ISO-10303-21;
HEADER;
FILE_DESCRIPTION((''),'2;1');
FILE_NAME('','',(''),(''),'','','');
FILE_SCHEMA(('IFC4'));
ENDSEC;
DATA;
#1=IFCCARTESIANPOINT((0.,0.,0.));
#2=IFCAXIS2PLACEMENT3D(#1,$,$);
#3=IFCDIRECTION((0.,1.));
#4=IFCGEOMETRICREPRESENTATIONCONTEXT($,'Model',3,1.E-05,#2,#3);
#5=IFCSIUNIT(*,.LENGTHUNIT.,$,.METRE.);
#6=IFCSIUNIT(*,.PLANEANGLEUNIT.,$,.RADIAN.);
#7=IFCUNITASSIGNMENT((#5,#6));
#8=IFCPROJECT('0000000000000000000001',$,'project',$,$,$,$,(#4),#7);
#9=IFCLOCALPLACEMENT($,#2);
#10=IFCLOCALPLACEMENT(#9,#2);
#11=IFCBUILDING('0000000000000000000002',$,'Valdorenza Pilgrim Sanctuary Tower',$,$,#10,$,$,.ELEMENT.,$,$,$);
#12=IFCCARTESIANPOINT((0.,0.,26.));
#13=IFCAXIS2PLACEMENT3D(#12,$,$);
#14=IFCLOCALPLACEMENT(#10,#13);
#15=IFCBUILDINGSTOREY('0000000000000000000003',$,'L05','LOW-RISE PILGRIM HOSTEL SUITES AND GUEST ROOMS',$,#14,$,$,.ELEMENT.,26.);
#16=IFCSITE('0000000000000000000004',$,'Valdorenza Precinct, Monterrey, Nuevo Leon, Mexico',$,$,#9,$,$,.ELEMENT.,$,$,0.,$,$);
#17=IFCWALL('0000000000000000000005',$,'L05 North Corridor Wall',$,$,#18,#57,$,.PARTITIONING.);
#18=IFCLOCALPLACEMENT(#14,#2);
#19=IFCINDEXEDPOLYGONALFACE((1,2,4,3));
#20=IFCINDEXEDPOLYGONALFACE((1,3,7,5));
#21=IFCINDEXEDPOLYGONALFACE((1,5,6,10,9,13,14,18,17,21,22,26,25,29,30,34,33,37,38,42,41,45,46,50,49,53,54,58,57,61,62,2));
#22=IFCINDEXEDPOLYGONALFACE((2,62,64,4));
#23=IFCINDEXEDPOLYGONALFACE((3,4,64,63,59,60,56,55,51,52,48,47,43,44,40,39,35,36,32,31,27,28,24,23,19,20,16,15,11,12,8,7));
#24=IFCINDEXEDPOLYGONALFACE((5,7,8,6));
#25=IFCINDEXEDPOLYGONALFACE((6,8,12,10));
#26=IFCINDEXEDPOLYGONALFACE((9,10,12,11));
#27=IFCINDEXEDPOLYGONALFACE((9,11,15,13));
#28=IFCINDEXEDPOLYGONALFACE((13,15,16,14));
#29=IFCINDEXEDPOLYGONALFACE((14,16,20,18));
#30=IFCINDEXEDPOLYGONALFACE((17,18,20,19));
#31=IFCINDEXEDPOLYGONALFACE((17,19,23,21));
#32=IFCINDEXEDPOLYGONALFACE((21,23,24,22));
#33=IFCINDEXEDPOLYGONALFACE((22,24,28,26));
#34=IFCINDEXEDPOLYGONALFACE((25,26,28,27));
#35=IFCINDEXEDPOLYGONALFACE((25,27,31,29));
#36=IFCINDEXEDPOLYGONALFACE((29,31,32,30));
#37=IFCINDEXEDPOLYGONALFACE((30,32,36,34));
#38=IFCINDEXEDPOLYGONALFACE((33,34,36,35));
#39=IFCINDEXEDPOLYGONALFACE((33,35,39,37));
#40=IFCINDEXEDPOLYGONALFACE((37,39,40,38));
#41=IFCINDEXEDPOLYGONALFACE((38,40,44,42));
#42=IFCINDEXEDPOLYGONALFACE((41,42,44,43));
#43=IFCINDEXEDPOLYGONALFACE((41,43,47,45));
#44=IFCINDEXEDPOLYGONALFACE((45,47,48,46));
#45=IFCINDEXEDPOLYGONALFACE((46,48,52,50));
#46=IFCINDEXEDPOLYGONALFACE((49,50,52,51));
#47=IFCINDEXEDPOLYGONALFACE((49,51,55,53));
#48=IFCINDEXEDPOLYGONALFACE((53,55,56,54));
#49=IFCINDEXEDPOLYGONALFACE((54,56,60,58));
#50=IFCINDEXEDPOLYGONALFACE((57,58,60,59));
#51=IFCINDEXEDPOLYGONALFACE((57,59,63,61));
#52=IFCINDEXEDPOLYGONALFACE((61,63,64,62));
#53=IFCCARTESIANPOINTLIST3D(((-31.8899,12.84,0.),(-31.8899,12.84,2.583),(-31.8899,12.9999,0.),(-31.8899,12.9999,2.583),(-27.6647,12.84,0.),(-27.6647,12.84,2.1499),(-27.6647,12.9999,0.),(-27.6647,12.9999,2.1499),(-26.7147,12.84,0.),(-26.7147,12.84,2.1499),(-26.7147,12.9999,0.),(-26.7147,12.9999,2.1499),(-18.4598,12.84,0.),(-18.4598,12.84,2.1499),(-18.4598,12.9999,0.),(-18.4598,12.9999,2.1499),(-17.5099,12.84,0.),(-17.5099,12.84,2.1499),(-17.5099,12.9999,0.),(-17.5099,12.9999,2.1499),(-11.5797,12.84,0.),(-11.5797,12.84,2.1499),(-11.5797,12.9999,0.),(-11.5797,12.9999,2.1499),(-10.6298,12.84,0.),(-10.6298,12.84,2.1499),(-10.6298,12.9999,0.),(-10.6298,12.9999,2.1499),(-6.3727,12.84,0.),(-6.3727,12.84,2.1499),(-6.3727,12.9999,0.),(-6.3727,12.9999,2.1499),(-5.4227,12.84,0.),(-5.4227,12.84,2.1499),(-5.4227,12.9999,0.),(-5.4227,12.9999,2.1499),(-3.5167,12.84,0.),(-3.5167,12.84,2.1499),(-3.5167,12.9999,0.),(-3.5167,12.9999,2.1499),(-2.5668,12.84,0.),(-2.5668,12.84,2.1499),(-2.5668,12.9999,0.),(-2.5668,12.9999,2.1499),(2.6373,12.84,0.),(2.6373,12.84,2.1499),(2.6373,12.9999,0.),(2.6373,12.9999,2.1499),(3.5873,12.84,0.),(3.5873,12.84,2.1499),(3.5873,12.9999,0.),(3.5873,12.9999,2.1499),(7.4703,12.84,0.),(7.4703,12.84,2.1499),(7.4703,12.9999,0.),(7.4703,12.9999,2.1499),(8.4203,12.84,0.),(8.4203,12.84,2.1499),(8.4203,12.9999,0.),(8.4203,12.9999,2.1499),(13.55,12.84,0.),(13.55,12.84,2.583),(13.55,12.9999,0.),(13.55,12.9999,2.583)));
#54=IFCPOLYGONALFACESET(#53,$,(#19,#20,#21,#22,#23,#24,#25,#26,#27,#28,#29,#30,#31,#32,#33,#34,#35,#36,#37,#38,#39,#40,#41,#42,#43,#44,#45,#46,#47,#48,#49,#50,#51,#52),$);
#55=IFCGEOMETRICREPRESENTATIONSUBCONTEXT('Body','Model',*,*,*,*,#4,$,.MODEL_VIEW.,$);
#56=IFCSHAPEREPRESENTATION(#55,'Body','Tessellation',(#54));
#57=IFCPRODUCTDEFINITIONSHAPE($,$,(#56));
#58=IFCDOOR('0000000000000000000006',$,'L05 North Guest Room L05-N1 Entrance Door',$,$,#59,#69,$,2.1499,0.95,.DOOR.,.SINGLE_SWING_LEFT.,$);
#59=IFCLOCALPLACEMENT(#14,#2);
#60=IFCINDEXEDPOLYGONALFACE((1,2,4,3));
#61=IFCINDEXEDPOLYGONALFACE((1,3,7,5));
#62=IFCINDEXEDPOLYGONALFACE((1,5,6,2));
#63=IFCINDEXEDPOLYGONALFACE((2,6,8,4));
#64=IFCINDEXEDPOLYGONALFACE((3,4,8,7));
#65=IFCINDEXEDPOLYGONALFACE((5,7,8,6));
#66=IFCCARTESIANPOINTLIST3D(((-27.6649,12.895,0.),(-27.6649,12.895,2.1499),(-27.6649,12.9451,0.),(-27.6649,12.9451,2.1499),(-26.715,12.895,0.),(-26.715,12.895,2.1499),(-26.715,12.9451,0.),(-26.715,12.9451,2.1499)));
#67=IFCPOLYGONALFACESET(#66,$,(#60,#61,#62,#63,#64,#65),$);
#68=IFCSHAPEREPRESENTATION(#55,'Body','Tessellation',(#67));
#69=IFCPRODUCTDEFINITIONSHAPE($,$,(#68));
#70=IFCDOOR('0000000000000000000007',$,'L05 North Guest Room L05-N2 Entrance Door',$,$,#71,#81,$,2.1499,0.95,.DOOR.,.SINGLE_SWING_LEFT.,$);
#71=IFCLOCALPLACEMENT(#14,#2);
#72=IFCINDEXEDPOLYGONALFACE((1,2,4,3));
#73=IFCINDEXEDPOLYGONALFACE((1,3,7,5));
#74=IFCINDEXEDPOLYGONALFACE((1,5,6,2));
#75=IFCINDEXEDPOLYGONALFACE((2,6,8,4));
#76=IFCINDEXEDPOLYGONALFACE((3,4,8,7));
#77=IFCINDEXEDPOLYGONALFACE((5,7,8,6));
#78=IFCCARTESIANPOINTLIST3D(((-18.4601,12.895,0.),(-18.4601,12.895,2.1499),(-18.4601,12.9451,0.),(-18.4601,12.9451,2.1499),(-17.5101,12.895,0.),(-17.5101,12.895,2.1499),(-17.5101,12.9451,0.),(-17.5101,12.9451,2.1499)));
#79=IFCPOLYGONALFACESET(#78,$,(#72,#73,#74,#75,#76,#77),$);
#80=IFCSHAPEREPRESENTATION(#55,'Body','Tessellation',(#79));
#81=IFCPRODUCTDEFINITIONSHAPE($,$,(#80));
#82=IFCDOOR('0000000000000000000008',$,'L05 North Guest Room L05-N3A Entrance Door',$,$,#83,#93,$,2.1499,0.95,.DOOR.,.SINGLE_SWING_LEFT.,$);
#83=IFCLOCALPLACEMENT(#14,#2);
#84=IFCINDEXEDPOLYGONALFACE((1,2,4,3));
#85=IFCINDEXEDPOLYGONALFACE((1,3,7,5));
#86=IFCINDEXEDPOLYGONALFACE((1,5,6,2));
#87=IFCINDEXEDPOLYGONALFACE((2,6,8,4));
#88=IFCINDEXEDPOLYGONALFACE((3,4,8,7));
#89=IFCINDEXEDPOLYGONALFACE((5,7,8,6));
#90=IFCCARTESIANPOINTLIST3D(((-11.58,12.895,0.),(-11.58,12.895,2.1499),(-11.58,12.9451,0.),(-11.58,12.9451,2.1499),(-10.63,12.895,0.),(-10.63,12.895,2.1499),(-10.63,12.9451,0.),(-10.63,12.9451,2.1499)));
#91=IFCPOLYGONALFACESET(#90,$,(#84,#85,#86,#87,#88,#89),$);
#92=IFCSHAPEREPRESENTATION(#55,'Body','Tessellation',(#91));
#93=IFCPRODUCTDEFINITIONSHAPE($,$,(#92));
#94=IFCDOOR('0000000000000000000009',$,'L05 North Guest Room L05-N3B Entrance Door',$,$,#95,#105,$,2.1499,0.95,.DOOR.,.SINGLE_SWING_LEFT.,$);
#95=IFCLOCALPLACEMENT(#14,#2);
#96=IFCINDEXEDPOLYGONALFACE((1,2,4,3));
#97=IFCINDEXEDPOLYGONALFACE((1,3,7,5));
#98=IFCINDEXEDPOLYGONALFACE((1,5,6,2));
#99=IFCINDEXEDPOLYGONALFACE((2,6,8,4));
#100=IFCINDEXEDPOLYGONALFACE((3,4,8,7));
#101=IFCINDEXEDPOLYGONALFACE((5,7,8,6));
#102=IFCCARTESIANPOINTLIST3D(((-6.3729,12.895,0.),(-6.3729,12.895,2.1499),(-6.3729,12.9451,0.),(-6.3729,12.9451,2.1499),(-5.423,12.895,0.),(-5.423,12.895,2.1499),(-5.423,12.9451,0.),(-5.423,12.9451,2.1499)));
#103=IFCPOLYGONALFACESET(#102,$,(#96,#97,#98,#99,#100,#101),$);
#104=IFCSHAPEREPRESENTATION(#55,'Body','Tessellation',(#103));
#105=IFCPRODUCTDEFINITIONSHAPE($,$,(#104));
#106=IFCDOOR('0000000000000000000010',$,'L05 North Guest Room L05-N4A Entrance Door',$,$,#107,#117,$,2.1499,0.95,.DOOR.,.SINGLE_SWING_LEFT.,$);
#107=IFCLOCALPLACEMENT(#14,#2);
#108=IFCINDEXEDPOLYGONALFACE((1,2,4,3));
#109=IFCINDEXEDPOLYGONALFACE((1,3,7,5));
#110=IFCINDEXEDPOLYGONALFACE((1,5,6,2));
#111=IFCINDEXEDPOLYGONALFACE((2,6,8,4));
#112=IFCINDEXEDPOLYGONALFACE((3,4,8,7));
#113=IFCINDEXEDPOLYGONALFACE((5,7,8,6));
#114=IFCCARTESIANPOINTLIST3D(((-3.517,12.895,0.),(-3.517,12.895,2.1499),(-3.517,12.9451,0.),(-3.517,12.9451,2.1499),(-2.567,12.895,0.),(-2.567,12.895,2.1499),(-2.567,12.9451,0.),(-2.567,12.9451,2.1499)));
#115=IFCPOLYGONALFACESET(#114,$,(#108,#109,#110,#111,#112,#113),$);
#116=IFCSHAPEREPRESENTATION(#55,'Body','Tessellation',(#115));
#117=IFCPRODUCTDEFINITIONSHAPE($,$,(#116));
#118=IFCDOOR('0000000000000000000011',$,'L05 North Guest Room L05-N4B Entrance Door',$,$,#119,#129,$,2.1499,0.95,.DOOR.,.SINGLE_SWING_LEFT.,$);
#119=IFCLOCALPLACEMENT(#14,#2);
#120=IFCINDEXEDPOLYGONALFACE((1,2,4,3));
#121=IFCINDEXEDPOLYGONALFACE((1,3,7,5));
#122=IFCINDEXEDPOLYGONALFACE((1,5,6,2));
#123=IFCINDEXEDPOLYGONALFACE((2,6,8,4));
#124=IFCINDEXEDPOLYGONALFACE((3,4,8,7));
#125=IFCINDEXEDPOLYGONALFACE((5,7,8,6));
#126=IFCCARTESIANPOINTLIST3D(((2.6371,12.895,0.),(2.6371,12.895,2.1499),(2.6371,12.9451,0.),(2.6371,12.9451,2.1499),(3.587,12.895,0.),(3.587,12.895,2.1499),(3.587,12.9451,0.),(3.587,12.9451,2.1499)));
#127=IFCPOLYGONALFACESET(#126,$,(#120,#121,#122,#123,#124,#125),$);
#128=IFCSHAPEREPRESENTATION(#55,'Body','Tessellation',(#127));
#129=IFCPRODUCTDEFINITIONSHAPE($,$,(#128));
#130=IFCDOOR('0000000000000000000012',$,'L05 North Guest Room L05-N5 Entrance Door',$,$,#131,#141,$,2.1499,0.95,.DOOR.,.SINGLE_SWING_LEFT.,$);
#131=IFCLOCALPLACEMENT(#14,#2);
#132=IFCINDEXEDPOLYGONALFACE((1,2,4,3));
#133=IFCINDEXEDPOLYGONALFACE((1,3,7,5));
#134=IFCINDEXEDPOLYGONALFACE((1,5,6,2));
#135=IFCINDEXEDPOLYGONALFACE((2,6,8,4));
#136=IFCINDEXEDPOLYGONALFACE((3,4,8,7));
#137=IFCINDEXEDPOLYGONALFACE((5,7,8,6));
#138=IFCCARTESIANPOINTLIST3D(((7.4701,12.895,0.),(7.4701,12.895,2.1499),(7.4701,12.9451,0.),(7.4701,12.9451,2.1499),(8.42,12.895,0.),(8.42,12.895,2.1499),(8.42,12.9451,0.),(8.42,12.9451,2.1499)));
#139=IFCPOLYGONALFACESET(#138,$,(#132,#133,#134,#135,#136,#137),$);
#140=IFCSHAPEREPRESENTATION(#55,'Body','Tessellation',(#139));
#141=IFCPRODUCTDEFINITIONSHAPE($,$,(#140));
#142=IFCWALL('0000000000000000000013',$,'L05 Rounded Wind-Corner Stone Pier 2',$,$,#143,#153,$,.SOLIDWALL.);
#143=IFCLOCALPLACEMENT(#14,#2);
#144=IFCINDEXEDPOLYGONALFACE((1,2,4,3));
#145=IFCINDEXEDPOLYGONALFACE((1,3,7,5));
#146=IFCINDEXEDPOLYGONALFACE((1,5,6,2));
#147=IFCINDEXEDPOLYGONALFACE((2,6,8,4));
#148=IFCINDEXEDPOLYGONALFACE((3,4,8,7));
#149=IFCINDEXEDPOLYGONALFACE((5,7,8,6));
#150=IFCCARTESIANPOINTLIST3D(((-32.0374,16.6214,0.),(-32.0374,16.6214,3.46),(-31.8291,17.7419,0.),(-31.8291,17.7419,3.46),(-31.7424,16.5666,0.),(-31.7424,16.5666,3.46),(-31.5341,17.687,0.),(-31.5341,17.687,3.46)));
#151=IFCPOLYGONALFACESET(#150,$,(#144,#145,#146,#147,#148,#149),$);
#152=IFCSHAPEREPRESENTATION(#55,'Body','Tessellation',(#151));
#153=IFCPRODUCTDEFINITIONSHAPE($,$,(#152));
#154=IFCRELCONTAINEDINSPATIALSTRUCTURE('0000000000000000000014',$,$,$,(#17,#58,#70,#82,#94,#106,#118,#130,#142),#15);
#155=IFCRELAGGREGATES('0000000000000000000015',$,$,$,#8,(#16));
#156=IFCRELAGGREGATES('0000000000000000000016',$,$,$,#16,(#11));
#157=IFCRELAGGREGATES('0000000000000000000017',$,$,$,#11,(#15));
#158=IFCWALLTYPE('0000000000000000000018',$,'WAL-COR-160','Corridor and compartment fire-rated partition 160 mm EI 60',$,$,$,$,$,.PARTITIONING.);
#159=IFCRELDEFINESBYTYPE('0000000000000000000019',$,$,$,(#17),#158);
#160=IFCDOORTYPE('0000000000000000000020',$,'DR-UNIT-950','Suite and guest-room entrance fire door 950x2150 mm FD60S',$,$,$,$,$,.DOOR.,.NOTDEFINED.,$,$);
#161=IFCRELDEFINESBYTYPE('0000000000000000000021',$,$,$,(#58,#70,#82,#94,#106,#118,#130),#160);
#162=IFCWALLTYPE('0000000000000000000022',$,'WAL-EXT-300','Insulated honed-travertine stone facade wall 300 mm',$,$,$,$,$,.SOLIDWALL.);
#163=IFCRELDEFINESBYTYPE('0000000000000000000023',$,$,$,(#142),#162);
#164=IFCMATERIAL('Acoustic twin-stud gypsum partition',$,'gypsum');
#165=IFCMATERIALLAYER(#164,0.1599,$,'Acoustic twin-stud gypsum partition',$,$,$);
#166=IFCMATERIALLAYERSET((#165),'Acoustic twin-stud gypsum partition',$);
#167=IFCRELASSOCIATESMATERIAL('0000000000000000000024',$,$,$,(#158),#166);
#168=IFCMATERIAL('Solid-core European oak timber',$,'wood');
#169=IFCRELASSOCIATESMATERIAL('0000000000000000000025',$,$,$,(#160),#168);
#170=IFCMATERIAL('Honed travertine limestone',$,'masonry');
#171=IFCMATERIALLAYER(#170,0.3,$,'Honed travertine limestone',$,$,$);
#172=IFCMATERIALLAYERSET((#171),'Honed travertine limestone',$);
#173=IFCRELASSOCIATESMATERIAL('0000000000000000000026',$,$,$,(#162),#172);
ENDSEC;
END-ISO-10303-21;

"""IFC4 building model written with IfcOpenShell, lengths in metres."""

from ifc_helpers import new_model, si_unit, direction, frame, frame_2d, origin, place, context, subcontext, project, spatial, rectangle, extrude, material, layer, layer_set, type_object, element, fill, save


model = new_model("IFC4")

# Units and contexts
model_context = context("Model", 3, precision=1e-05, world=origin(), true_north=direction((0.0, 1.0)))
body_context = subcontext(model_context, "Body", "Model", "MODEL_VIEW")
ifc_project = project(units=[si_unit("LENGTHUNIT", "METRE"), si_unit("PLANEANGLEUNIT", "RADIAN")], contexts=[model_context])

# Site, building, storey
site_placement = place(None, origin())
site = spatial("IfcSite", under=ifc_project, at=site_placement, Name="Valdorenza Precinct, Monterrey, Nuevo Leon, Mexico", CompositionType="ELEMENT", RefElevation=0.0)
building_placement = place(site_placement, origin())
building = spatial("IfcBuilding", under=site, at=building_placement, Name="Valdorenza Pilgrim Sanctuary Tower", CompositionType="ELEMENT")
storey_placement = place(building_placement, frame((0.0, 0.0, 26.0)))
storey = spatial("IfcBuildingStorey", under=building, at=storey_placement, Name="L05", Description="LOW-RISE PILGRIM HOSTEL SUITES AND GUEST ROOMS", CompositionType="ELEMENT", Elevation=26.0)

# Shared definitions
ifc_material_1 = material(Name="Honed travertine limestone", Category="masonry")

# Wall, openings, doors
ifc_material_2 = material(Name="Acoustic twin-stud gypsum partition", Category="gypsum")
ifc_layer_1 = layer(ifc_material_2, 0.1599, Name="Acoustic twin-stud gypsum partition")
ifc_layer_set_1 = layer_set([ifc_layer_1], Name="Acoustic twin-stud gypsum partition")
wall_type_1 = type_object("IfcWallType", Name="WAL-COR-160", Description="Corridor and compartment fire-rated partition 160 mm EI 60", PredefinedType="PARTITIONING", material=ifc_layer_set_1)
wall_1_placement = place(storey_placement, frame((-31.8899, 12.9199, 0.0), z_axis=(0.0, 0.0, 1.0), x_axis=(1.0, 0.0, 0.0)))
wall_1 = element("IfcWall", 1, at=wall_1_placement, inside=storey, type_object=wall_type_1, Name="L05 North Corridor Wall", PredefinedType="PARTITIONING", context=body_context, shape_type="SweptSolid", body=[
    extrude(rectangle(XDim=45.4399, YDim=0.1599, at=frame_2d((22.72, 0.0))), origin(), (0.0, 0.0, 1.0), 2.583),
])
opening_1_placement = place(wall_1_placement, frame((4.2251, 0.0, 0.0)))
opening_1 = element("IfcOpeningElement", 2, at=opening_1_placement, cuts=wall_1, PredefinedType="OPENING", context=body_context, shape_type="SweptSolid", body=[
    extrude(rectangle(XDim=0.95, YDim=2.1499, at=frame_2d((0.4751, 1.075))), frame((0.0, 0.0947, 0.0), z_axis=(0.0, -1.0, 0.0), x_axis=(1.0, 0.0, 0.0)), (0.0, 0.0, 1.0), 0.1897),
])
opening_2_placement = place(wall_1_placement, frame((13.4299, 0.0, 0.0)))
opening_2 = element("IfcOpeningElement", 3, at=opening_2_placement, cuts=wall_1, PredefinedType="OPENING", context=body_context, shape_type="SweptSolid", body=[
    extrude(rectangle(XDim=0.95, YDim=2.1499, at=frame_2d((0.4751, 1.075))), frame((0.0, 0.0947, 0.0), z_axis=(0.0, -1.0, 0.0), x_axis=(1.0, 0.0, 0.0)), (0.0, 0.0, 1.0), 0.1897),
])
opening_3_placement = place(wall_1_placement, frame((20.3101, 0.0, 0.0)))
opening_3 = element("IfcOpeningElement", 4, at=opening_3_placement, cuts=wall_1, PredefinedType="OPENING", context=body_context, shape_type="SweptSolid", body=[
    extrude(rectangle(XDim=0.95, YDim=2.1499, at=frame_2d((0.4751, 1.075))), frame((0.0, 0.0947, 0.0), z_axis=(0.0, -1.0, 0.0), x_axis=(1.0, 0.0, 0.0)), (0.0, 0.0, 1.0), 0.1897),
])
opening_4_placement = place(wall_1_placement, frame((25.5171, 0.0, 0.0)))
opening_4 = element("IfcOpeningElement", 5, at=opening_4_placement, cuts=wall_1, PredefinedType="OPENING", context=body_context, shape_type="SweptSolid", body=[
    extrude(rectangle(XDim=0.95, YDim=2.1499, at=frame_2d((0.4751, 1.075))), frame((0.0, 0.0947, 0.0), z_axis=(0.0, -1.0, 0.0), x_axis=(1.0, 0.0, 0.0)), (0.0, 0.0, 1.0), 0.1897),
])
opening_5_placement = place(wall_1_placement, frame((28.373, 0.0, 0.0)))
opening_5 = element("IfcOpeningElement", 6, at=opening_5_placement, cuts=wall_1, PredefinedType="OPENING", context=body_context, shape_type="SweptSolid", body=[
    extrude(rectangle(XDim=0.95, YDim=2.1499, at=frame_2d((0.4751, 1.075))), frame((0.0, 0.0947, 0.0), z_axis=(0.0, -1.0, 0.0), x_axis=(1.0, 0.0, 0.0)), (0.0, 0.0, 1.0), 0.1897),
])
opening_6_placement = place(wall_1_placement, frame((34.5271, 0.0, 0.0)))
opening_6 = element("IfcOpeningElement", 7, at=opening_6_placement, cuts=wall_1, PredefinedType="OPENING", context=body_context, shape_type="SweptSolid", body=[
    extrude(rectangle(XDim=0.95, YDim=2.1499, at=frame_2d((0.4751, 1.075))), frame((0.0, 0.0947, 0.0), z_axis=(0.0, -1.0, 0.0), x_axis=(1.0, 0.0, 0.0)), (0.0, 0.0, 1.0), 0.1897),
])
opening_7_placement = place(wall_1_placement, frame((39.3601, 0.0, 0.0)))
opening_7 = element("IfcOpeningElement", 8, at=opening_7_placement, cuts=wall_1, PredefinedType="OPENING", context=body_context, shape_type="SweptSolid", body=[
    extrude(rectangle(XDim=0.95, YDim=2.1499, at=frame_2d((0.4751, 1.075))), frame((0.0, 0.0947, 0.0), z_axis=(0.0, -1.0, 0.0), x_axis=(1.0, 0.0, 0.0)), (0.0, 0.0, 1.0), 0.1897),
])
ifc_material_3 = material(Name="Solid-core European oak timber", Category="wood")
door_type = type_object("IfcDoorType", Name="DR-UNIT-950", Description="Suite and guest-room entrance fire door 950x2150 mm FD60S", OperationType="NOTDEFINED", PredefinedType="DOOR", material=ifc_material_3)
door_1_placement = place(opening_1_placement, frame((0.95, 0.0, 0.0), z_axis=(0.0, 0.0, 1.0), x_axis=(-1.0, 0.0, 0.0)))
door_1 = element("IfcDoor", 9, at=door_1_placement, inside=storey, type_object=door_type, Name="L05 North Guest Room L05-N1 Entrance Door", OperationType="SINGLE_SWING_LEFT", OverallHeight=2.1499, OverallWidth=0.95, PredefinedType="DOOR", context=body_context, shape_type="SweptSolid", body=[
    extrude(rectangle(XDim=0.95, YDim=2.1499, at=frame_2d((0.4751, 1.075))), frame((0.0, 0.0249, 0.0), z_axis=(0.0, -1.0, 0.0), x_axis=(1.0, 0.0, 0.0)), (0.0, 0.0, 1.0), 0.05),
])
fill(opening_1, door_1)
door_2_placement = place(opening_2_placement, frame((0.95, 0.0, 0.0), z_axis=(0.0, 0.0, 1.0), x_axis=(-1.0, 0.0, 0.0)))
door_2 = element("IfcDoor", 10, at=door_2_placement, inside=storey, type_object=door_type, Name="L05 North Guest Room L05-N2 Entrance Door", OperationType="SINGLE_SWING_LEFT", OverallHeight=2.1499, OverallWidth=0.95, PredefinedType="DOOR", context=body_context, shape_type="SweptSolid", body=[
    extrude(rectangle(XDim=0.95, YDim=2.1499, at=frame_2d((0.4751, 1.075))), frame((0.0, 0.0249, 0.0), z_axis=(0.0, -1.0, 0.0), x_axis=(1.0, 0.0, 0.0)), (0.0, 0.0, 1.0), 0.05),
])
fill(opening_2, door_2)
door_3_placement = place(opening_3_placement, frame((0.95, 0.0, 0.0), z_axis=(0.0, 0.0, 1.0), x_axis=(-1.0, 0.0, 0.0)))
door_3 = element("IfcDoor", 11, at=door_3_placement, inside=storey, type_object=door_type, Name="L05 North Guest Room L05-N3A Entrance Door", OperationType="SINGLE_SWING_LEFT", OverallHeight=2.1499, OverallWidth=0.95, PredefinedType="DOOR", context=body_context, shape_type="SweptSolid", body=[
    extrude(rectangle(XDim=0.95, YDim=2.1499, at=frame_2d((0.4751, 1.075))), frame((0.0, 0.0249, 0.0), z_axis=(0.0, -1.0, 0.0), x_axis=(1.0, 0.0, 0.0)), (0.0, 0.0, 1.0), 0.05),
])
fill(opening_3, door_3)
door_4_placement = place(opening_4_placement, frame((0.95, 0.0, 0.0), z_axis=(0.0, 0.0, 1.0), x_axis=(-1.0, 0.0, 0.0)))
door_4 = element("IfcDoor", 12, at=door_4_placement, inside=storey, type_object=door_type, Name="L05 North Guest Room L05-N3B Entrance Door", OperationType="SINGLE_SWING_LEFT", OverallHeight=2.1499, OverallWidth=0.95, PredefinedType="DOOR", context=body_context, shape_type="SweptSolid", body=[
    extrude(rectangle(XDim=0.95, YDim=2.1499, at=frame_2d((0.4751, 1.075))), frame((0.0, 0.0249, 0.0), z_axis=(0.0, -1.0, 0.0), x_axis=(1.0, 0.0, 0.0)), (0.0, 0.0, 1.0), 0.05),
])
fill(opening_4, door_4)
door_5_placement = place(opening_5_placement, frame((0.95, 0.0, 0.0), z_axis=(0.0, 0.0, 1.0), x_axis=(-1.0, 0.0, 0.0)))
door_5 = element("IfcDoor", 13, at=door_5_placement, inside=storey, type_object=door_type, Name="L05 North Guest Room L05-N4A Entrance Door", OperationType="SINGLE_SWING_LEFT", OverallHeight=2.1499, OverallWidth=0.95, PredefinedType="DOOR", context=body_context, shape_type="SweptSolid", body=[
    extrude(rectangle(XDim=0.95, YDim=2.1499, at=frame_2d((0.4751, 1.075))), frame((0.0, 0.0249, 0.0), z_axis=(0.0, -1.0, 0.0), x_axis=(1.0, 0.0, 0.0)), (0.0, 0.0, 1.0), 0.05),
])
fill(opening_5, door_5)
door_6_placement = place(opening_6_placement, frame((0.95, 0.0, 0.0), z_axis=(0.0, 0.0, 1.0), x_axis=(-1.0, 0.0, 0.0)))
door_6 = element("IfcDoor", 14, at=door_6_placement, inside=storey, type_object=door_type, Name="L05 North Guest Room L05-N4B Entrance Door", OperationType="SINGLE_SWING_LEFT", OverallHeight=2.1499, OverallWidth=0.95, PredefinedType="DOOR", context=body_context, shape_type="SweptSolid", body=[
    extrude(rectangle(XDim=0.95, YDim=2.1499, at=frame_2d((0.4751, 1.075))), frame((0.0, 0.0249, 0.0), z_axis=(0.0, -1.0, 0.0), x_axis=(1.0, 0.0, 0.0)), (0.0, 0.0, 1.0), 0.05),
])
fill(opening_6, door_6)
door_7_placement = place(opening_7_placement, frame((0.95, 0.0, 0.0), z_axis=(0.0, 0.0, 1.0), x_axis=(-1.0, 0.0, 0.0)))
door_7 = element("IfcDoor", 15, at=door_7_placement, inside=storey, type_object=door_type, Name="L05 North Guest Room L05-N5 Entrance Door", OperationType="SINGLE_SWING_LEFT", OverallHeight=2.1499, OverallWidth=0.95, PredefinedType="DOOR", context=body_context, shape_type="SweptSolid", body=[
    extrude(rectangle(XDim=0.95, YDim=2.1499, at=frame_2d((0.4751, 1.075))), frame((0.0, 0.0249, 0.0), z_axis=(0.0, -1.0, 0.0), x_axis=(1.0, 0.0, 0.0)), (0.0, 0.0, 1.0), 0.05),
])
fill(opening_7, door_7)

# Wall
ifc_layer_2 = layer(ifc_material_1, 0.3, Name="Honed travertine limestone")
ifc_layer_set_2 = layer_set([ifc_layer_2], Name="Honed travertine limestone")
wall_type_2 = type_object("IfcWallType", Name="WAL-EXT-300", Description="Insulated honed-travertine stone facade wall 300 mm", PredefinedType="SOLIDWALL", material=ifc_layer_set_2)
wall_2_placement = place(storey_placement, frame((-31.8899, 16.594, 0.0), z_axis=(0.0, 0.0, 1.0), x_axis=(0.182749, 0.98316, 0.0)))
element("IfcWall", 16, at=wall_2_placement, inside=storey, type_object=wall_type_2, Name="L05 Rounded Wind-Corner Stone Pier 2", PredefinedType="SOLIDWALL", context=body_context, shape_type="SweptSolid", body=[
    extrude(rectangle(XDim=1.1396, YDim=0.3, at=frame_2d((0.5698, 0.0))), origin(), (0.0, 0.0, 1.0), 3.46),
])

save(model, "model.ifc")
